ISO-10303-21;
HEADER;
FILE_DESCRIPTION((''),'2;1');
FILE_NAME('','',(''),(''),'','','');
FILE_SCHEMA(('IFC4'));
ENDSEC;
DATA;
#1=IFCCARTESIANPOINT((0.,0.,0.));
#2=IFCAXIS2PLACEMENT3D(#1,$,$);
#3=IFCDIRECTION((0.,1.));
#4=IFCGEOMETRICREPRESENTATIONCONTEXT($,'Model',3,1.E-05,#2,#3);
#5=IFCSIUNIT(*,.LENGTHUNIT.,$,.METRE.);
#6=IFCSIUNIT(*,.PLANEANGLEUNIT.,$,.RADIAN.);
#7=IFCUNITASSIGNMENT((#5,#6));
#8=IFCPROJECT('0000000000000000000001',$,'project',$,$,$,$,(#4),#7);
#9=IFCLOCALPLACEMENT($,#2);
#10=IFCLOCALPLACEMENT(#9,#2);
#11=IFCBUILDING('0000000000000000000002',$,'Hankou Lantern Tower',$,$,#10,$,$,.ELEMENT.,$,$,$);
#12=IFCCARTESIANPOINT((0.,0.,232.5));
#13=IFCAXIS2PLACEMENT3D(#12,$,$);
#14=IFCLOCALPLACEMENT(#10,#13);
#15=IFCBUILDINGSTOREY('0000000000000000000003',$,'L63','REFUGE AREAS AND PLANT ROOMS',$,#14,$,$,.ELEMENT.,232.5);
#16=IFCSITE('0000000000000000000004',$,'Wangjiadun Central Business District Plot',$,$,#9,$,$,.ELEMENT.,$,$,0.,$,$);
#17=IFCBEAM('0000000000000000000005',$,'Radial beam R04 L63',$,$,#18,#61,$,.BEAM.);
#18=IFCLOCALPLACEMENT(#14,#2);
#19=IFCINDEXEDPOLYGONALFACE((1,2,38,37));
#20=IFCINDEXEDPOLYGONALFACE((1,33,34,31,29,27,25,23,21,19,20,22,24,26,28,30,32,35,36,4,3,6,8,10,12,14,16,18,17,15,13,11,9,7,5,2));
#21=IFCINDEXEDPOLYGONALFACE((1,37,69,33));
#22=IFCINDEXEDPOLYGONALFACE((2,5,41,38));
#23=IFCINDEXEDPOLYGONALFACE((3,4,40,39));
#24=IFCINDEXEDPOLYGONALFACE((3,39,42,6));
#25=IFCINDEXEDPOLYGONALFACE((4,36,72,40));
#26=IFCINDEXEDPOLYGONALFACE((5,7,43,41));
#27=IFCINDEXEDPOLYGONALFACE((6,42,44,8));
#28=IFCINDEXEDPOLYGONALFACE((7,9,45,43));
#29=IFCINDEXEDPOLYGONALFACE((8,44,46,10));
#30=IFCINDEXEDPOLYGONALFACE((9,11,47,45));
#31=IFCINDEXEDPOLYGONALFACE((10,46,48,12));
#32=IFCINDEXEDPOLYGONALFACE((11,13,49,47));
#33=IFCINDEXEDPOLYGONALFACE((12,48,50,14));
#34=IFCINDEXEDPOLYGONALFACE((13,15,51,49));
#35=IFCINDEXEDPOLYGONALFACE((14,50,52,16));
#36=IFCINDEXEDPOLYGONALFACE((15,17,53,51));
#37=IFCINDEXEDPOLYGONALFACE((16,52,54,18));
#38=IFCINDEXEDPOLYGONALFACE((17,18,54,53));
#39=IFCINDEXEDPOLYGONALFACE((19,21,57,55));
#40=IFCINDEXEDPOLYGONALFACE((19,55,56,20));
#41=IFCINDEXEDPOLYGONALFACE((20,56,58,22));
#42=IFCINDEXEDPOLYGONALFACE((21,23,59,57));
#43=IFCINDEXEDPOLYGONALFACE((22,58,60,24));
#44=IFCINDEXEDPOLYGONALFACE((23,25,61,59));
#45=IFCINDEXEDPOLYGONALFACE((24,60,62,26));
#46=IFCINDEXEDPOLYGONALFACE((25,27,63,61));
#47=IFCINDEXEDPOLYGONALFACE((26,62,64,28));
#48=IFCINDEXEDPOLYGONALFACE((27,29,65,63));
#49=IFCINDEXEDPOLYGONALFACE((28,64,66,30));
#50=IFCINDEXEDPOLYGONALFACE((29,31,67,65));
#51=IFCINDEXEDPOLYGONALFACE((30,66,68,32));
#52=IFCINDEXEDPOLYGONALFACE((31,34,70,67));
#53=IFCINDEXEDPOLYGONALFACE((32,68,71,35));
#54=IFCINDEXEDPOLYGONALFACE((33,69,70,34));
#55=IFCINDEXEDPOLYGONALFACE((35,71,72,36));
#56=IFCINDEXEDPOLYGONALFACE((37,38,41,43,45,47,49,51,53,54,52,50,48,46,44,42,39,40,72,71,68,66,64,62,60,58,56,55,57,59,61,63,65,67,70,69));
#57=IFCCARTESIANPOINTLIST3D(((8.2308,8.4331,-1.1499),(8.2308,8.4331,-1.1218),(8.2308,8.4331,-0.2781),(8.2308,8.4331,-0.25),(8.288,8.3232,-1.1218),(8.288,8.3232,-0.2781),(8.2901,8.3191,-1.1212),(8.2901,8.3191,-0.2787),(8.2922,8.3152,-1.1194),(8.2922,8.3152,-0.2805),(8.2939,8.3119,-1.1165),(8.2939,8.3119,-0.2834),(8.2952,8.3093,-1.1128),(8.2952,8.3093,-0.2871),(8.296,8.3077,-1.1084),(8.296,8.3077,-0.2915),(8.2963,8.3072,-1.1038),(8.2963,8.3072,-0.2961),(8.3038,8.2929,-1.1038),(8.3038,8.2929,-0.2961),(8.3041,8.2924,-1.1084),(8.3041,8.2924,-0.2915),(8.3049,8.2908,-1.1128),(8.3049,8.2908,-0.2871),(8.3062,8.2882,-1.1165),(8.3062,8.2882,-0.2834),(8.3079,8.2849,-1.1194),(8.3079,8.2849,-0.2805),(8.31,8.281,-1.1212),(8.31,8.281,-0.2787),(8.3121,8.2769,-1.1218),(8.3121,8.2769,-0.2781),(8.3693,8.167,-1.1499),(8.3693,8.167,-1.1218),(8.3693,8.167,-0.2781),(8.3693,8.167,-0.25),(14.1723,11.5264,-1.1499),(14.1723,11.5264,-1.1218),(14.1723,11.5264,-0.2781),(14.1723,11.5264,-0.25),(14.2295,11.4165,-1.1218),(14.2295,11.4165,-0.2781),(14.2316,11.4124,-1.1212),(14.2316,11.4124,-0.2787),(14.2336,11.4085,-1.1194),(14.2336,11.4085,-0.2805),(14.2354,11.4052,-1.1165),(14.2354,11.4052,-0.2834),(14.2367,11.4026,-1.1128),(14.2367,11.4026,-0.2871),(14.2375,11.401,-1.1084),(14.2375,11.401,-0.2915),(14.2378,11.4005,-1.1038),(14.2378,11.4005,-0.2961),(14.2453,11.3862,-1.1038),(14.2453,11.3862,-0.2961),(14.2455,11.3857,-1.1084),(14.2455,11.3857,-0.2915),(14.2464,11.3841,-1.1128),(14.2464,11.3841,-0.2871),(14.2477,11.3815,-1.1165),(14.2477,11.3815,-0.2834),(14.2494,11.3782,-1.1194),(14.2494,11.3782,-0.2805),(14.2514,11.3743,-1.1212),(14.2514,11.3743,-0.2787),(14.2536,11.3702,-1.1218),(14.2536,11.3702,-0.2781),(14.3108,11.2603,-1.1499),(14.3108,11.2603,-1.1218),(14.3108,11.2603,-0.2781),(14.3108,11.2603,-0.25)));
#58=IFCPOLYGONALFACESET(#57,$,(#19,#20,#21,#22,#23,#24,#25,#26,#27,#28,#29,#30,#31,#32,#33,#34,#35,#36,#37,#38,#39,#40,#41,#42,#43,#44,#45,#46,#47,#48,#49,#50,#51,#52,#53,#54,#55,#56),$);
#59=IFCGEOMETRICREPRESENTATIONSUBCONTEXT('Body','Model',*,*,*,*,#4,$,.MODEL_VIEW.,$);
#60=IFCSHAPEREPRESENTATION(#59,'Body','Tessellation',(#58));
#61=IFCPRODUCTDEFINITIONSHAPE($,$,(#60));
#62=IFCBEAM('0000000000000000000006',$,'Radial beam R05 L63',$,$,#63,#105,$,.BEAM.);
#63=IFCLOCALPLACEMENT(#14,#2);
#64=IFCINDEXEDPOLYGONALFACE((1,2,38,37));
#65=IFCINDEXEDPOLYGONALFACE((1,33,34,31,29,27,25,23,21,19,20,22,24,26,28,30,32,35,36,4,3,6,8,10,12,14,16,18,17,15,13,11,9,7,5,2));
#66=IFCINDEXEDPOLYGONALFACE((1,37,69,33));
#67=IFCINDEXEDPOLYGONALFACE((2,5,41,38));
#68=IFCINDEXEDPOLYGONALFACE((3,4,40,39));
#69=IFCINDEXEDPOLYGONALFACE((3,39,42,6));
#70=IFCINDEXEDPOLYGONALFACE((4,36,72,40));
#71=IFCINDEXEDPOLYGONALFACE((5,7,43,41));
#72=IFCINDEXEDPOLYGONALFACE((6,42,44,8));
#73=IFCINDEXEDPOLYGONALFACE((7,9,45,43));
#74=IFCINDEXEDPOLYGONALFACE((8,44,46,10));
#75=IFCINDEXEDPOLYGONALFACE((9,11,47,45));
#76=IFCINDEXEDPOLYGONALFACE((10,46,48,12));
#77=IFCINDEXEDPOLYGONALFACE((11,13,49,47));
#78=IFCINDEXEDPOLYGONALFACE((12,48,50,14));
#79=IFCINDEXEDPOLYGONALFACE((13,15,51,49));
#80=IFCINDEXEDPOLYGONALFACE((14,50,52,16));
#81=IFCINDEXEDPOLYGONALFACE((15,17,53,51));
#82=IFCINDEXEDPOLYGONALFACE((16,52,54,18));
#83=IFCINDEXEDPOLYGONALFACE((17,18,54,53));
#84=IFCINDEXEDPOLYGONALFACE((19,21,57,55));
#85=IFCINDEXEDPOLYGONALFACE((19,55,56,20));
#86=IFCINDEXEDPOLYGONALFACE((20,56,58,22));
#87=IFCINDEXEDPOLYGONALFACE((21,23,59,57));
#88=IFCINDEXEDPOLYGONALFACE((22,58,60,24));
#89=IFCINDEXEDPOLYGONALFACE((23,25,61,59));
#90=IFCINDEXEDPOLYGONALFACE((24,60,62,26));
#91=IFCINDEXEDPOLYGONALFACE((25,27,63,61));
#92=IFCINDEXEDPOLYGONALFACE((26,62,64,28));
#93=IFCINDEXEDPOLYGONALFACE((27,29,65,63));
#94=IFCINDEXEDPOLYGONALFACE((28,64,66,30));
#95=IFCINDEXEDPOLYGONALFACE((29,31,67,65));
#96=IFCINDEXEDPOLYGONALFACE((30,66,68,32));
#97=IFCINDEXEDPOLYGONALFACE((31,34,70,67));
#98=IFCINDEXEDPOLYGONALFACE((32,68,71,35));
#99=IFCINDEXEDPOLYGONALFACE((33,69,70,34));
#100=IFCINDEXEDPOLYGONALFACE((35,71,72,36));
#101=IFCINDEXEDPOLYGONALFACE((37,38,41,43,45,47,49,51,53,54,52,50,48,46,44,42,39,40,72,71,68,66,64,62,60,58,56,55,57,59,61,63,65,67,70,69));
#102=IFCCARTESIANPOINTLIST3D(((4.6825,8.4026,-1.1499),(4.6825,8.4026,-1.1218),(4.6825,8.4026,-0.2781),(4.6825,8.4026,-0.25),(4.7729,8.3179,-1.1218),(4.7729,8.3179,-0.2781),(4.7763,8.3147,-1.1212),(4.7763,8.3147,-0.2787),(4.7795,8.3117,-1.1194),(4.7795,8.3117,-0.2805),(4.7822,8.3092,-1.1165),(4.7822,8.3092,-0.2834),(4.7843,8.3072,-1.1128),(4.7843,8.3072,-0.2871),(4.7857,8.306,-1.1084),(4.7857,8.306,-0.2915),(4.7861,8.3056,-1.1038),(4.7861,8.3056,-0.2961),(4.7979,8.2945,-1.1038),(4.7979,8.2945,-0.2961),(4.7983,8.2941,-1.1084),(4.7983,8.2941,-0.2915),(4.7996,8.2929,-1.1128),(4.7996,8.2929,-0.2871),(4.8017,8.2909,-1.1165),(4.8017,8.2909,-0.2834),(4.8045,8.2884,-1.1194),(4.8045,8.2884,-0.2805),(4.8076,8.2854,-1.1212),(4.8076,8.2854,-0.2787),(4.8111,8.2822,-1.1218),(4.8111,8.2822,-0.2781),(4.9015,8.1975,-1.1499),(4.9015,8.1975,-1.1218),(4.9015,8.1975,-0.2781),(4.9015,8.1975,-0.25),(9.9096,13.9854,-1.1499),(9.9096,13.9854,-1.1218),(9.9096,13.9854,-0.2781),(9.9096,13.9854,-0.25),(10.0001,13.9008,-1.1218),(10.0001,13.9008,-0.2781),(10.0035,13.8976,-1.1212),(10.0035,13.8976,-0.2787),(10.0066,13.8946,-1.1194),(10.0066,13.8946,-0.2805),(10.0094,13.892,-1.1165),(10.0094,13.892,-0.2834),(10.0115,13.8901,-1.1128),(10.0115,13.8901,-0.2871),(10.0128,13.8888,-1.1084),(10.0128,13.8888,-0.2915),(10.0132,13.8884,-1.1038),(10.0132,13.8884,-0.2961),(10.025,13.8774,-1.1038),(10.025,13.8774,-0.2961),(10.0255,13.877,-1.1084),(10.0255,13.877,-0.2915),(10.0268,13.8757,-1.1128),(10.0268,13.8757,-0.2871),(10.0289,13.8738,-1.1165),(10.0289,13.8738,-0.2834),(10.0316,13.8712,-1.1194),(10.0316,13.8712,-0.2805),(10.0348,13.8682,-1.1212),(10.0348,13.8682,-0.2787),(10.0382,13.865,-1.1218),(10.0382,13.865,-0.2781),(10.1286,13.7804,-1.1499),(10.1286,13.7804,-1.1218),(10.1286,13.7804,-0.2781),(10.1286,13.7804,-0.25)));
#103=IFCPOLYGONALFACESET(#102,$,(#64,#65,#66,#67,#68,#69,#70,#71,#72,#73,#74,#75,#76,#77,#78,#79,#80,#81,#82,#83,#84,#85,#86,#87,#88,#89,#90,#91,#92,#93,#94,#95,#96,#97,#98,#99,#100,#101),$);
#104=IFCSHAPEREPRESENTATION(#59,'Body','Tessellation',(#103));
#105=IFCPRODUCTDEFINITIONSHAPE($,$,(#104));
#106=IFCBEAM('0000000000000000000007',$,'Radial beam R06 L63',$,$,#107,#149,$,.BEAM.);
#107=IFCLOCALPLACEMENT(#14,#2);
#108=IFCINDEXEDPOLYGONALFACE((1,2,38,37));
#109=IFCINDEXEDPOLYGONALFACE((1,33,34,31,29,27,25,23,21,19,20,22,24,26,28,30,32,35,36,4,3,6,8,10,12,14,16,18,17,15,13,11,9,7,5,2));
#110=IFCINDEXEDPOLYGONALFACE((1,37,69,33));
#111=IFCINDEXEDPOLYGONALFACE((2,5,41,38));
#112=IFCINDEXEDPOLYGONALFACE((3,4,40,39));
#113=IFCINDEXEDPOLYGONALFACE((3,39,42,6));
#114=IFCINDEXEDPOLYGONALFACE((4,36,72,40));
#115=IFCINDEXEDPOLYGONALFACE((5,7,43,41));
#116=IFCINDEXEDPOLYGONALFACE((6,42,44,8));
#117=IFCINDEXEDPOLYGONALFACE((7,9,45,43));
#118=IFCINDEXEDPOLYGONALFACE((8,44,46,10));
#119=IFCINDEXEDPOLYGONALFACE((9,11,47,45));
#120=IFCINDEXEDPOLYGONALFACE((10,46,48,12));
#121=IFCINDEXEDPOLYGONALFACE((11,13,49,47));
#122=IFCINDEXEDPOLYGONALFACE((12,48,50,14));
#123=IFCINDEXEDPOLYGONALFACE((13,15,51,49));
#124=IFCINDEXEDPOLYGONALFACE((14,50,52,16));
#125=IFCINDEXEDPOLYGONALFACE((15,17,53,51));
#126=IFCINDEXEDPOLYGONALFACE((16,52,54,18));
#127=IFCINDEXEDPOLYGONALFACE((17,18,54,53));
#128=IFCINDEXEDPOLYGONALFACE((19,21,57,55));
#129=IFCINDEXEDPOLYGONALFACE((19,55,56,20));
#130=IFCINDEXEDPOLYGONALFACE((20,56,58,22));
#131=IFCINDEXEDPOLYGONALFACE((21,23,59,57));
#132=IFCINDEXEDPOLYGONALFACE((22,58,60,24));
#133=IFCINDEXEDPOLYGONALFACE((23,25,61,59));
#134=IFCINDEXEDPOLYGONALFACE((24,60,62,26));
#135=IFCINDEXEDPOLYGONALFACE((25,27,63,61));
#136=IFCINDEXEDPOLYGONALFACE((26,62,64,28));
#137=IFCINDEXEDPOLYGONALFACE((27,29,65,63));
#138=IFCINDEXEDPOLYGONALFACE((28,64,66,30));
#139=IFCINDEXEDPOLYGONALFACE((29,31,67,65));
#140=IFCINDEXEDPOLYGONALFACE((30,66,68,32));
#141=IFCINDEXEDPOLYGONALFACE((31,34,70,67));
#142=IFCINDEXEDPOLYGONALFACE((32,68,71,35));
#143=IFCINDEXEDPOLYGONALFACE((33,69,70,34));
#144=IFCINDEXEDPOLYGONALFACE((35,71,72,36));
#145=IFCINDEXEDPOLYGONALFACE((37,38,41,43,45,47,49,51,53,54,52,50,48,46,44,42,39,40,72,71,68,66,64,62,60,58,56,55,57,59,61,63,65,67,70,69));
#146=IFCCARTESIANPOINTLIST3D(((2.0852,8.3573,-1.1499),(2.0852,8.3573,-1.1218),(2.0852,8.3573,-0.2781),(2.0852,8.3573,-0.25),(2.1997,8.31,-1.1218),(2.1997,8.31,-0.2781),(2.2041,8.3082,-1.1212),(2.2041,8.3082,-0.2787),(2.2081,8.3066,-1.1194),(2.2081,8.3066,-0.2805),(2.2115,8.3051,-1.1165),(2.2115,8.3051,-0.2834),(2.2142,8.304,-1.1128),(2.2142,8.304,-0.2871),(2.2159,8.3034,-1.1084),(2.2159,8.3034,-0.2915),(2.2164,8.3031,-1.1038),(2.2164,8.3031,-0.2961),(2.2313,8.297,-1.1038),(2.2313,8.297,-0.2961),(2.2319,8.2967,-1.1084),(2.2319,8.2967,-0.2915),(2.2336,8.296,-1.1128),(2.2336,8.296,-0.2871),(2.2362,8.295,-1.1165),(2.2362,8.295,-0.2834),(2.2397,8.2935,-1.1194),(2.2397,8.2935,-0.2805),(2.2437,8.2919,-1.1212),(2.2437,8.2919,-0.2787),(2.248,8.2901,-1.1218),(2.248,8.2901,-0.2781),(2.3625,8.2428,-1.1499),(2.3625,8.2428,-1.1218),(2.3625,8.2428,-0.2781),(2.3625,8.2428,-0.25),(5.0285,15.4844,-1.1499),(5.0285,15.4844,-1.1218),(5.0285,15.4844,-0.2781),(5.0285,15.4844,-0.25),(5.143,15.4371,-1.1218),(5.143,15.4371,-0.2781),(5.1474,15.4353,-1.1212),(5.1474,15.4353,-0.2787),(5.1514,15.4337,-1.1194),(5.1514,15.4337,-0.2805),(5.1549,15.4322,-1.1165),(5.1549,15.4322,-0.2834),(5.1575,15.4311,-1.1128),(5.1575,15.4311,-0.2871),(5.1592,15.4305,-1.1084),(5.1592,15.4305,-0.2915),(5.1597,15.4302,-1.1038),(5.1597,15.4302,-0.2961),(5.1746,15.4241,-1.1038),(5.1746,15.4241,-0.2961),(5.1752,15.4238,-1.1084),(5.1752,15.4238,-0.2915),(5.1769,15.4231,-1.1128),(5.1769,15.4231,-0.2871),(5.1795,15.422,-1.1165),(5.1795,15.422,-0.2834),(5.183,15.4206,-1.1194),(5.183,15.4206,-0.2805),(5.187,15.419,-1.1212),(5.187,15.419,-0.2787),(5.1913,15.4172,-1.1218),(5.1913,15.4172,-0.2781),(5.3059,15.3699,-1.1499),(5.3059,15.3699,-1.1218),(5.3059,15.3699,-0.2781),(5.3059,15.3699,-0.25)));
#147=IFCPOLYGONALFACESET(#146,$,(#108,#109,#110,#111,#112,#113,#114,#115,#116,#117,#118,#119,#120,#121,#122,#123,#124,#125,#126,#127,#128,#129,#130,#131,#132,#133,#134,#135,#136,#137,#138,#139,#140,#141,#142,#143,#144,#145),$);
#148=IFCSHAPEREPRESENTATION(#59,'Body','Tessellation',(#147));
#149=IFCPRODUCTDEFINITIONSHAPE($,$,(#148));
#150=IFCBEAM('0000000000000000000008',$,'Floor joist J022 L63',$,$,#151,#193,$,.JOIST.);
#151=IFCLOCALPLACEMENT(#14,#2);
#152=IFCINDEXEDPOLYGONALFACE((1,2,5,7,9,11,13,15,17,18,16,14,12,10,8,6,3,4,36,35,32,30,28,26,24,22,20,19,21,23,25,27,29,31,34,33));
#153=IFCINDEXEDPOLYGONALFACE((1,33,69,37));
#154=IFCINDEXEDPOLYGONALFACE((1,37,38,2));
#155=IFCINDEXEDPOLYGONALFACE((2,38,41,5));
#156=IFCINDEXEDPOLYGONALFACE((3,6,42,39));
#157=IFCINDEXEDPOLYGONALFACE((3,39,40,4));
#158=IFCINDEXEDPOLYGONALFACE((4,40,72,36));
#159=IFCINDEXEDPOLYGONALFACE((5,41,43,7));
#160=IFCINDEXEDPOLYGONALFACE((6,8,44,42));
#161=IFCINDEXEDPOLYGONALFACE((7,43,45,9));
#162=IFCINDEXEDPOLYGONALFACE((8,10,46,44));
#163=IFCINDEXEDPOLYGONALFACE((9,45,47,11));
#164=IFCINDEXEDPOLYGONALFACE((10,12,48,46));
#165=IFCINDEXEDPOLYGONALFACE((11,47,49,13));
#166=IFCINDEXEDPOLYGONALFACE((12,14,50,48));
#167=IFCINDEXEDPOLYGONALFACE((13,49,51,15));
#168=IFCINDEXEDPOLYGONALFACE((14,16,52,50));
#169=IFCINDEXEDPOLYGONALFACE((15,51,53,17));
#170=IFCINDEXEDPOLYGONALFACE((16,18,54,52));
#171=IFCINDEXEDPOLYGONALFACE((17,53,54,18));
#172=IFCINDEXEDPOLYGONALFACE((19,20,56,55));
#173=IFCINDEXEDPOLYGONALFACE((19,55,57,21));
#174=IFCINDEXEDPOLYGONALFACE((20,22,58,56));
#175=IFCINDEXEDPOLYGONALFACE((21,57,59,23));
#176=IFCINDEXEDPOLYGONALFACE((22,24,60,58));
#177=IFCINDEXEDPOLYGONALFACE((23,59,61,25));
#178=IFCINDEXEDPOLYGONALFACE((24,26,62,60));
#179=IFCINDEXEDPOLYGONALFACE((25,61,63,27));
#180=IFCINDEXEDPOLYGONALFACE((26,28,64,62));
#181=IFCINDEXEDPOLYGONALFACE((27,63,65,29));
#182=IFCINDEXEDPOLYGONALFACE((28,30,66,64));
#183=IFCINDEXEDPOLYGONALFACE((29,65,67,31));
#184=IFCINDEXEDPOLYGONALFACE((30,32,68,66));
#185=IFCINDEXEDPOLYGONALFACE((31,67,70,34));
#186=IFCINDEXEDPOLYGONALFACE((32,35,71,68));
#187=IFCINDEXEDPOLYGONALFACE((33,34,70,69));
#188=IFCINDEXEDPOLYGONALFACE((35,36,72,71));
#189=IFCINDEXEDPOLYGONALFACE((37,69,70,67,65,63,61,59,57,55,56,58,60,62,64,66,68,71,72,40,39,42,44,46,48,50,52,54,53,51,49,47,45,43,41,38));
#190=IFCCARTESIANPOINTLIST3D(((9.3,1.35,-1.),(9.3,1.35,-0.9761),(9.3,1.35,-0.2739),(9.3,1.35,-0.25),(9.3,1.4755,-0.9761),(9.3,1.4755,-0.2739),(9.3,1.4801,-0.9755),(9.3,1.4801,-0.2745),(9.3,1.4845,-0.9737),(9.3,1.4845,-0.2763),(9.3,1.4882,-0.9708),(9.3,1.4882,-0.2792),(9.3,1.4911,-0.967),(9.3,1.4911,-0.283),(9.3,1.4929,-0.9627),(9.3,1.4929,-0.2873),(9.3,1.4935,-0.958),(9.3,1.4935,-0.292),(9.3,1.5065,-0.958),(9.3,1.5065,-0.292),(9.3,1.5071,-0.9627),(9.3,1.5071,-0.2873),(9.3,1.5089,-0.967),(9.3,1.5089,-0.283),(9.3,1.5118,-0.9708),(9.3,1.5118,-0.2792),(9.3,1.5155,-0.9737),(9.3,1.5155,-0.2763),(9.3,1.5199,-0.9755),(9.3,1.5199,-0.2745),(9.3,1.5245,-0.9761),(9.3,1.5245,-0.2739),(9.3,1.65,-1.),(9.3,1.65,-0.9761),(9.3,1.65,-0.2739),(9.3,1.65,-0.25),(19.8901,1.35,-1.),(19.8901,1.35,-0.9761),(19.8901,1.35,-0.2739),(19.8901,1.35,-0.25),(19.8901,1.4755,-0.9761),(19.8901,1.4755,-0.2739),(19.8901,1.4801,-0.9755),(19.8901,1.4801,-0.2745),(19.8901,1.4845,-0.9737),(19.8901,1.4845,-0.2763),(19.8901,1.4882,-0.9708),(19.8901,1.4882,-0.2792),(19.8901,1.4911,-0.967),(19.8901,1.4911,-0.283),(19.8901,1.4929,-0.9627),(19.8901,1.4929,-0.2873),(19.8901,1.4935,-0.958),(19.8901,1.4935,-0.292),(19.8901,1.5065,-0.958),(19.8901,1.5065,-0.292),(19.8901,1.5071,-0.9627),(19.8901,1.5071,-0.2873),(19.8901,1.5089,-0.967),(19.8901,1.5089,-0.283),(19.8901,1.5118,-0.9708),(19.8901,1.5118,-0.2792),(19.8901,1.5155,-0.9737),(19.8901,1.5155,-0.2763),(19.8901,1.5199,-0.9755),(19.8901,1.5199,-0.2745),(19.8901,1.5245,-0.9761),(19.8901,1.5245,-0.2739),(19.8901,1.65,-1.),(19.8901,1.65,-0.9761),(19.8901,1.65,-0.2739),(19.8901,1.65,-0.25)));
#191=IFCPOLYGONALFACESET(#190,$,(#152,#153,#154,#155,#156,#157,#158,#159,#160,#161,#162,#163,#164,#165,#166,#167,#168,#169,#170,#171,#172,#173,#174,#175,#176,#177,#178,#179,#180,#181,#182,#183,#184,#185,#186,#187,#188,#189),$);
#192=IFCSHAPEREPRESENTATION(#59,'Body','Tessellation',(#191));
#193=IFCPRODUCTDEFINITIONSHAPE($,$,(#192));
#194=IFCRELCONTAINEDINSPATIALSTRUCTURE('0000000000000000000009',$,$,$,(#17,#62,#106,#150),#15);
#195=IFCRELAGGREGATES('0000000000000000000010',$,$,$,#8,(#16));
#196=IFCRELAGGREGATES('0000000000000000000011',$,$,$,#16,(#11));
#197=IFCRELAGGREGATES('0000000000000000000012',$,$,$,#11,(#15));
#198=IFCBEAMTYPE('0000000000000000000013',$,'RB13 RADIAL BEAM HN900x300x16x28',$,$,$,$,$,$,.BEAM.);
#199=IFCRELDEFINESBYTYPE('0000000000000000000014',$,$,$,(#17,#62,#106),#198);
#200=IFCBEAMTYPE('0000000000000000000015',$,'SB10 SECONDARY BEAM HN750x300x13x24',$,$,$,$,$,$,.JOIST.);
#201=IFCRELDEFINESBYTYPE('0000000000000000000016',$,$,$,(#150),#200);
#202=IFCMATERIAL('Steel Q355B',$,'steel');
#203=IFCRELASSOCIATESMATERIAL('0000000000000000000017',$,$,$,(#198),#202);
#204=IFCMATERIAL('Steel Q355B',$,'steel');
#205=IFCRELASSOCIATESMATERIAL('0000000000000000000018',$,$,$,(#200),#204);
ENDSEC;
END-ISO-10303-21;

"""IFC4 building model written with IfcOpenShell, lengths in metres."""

from ifc_helpers import new_model, si_unit, direction, frame, origin, origin_2d, place, context, subcontext, project, spatial, i_section, extrude, material, material_profile, profile_set, type_object, element, save


model = new_model("IFC4")

# Units and contexts
model_context = context("Model", 3, precision=1e-05, world=origin(), true_north=direction((0.0, 1.0)))
body_context = subcontext(model_context, "Body", "Model", "MODEL_VIEW")
ifc_project = project(units=[si_unit("LENGTHUNIT", "METRE"), si_unit("PLANEANGLEUNIT", "RADIAN")], contexts=[model_context])

# Site, building, storey
site_placement = place(None, origin())
site = spatial("IfcSite", under=ifc_project, at=site_placement, Name="Wangjiadun Central Business District Plot", CompositionType="ELEMENT", RefElevation=0.0)
building_placement = place(site_placement, origin())
building = spatial("IfcBuilding", under=site, at=building_placement, Name="Hankou Lantern Tower", CompositionType="ELEMENT")
storey_placement = place(building_placement, frame((0.0, 0.0, 232.5)))
storey = spatial("IfcBuildingStorey", under=building, at=storey_placement, Name="L63", Description="REFUGE AREAS AND PLANT ROOMS", CompositionType="ELEMENT", Elevation=232.5)

# Beams
ifc_material_1 = material(Name="Steel Q355B", Category="steel")
ifc_material_profile_1 = material_profile(ifc_material_1, i_section(OverallWidth=0.3, OverallDepth=0.8999, WebThickness=0.0161, FlangeThickness=0.0281, FilletRadius=0.0181, at=origin_2d()), Name="HN900x300x16x28")
ifc_profile_set_1 = profile_set([ifc_material_profile_1], Name="Steel Q355B")
beam_type_1 = type_object("IfcBeamType", Name="RB13 RADIAL BEAM HN900x300x16x28", PredefinedType="BEAM", material=ifc_profile_set_1)
beam_1_placement = place(storey_placement, frame((8.3, 8.3, -0.7), z_axis=(0.886989, 0.461791, 0.0), x_axis=(-0.461791, 0.886989, 0.0)))
element("IfcBeam", 1, at=beam_1_placement, inside=storey, type_object=beam_type_1, Name="Radial beam R04 L63", PredefinedType="BEAM", context=body_context, shape_type="SweptSolid", body=[
    extrude(i_section(OverallWidth=0.3, OverallDepth=0.8999, WebThickness=0.0161, FlangeThickness=0.0281, FilletRadius=0.0181, at=origin_2d()), origin(), (0.0, 0.0, 1.0), 6.6985),
])
beam_2_placement = place(storey_placement, frame((4.792, 8.3, -0.7), z_axis=(0.683468, 0.72998, 0.0), x_axis=(-0.72998, 0.683468, 0.0)))
element("IfcBeam", 2, at=beam_2_placement, inside=storey, type_object=beam_type_1, Name="Radial beam R05 L63", PredefinedType="BEAM", context=body_context, shape_type="SweptSolid", body=[
    extrude(i_section(OverallWidth=0.3, OverallDepth=0.8999, WebThickness=0.0161, FlangeThickness=0.0281, FilletRadius=0.0181, at=origin_2d()), origin(), (0.0, 0.0, 1.0), 7.6479),
])
beam_3_placement = place(storey_placement, frame((2.2239, 8.3, -0.7), z_axis=(0.381707, 0.924284, 0.0), x_axis=(-0.924284, 0.381707, 0.0)))
element("IfcBeam", 3, at=beam_3_placement, inside=storey, type_object=beam_type_1, Name="Radial beam R06 L63", PredefinedType="BEAM", context=body_context, shape_type="SweptSolid", body=[
    extrude(i_section(OverallWidth=0.3, OverallDepth=0.8999, WebThickness=0.0161, FlangeThickness=0.0281, FilletRadius=0.0181, at=origin_2d()), origin(), (0.0, 0.0, 1.0), 7.7109),
])
ifc_material_2 = material(Name="Steel Q355B", Category="steel")
ifc_material_profile_2 = material_profile(ifc_material_2, i_section(OverallWidth=0.3, OverallDepth=0.75, WebThickness=0.0129, FlangeThickness=0.0239, FilletRadius=0.0181, at=origin_2d()), Name="HN750x300x13x24")
ifc_profile_set_2 = profile_set([ifc_material_profile_2], Name="Steel Q355B")
beam_type_2 = type_object("IfcBeamType", Name="SB10 SECONDARY BEAM HN750x300x13x24", PredefinedType="JOIST", material=ifc_profile_set_2)
beam_4_placement = place(storey_placement, frame((9.3, 1.5, -0.625), z_axis=(1.0, 0.0, 0.0), x_axis=(0.0, 1.0, 0.0)))
element("IfcBeam", 4, at=beam_4_placement, inside=storey, type_object=beam_type_2, Name="Floor joist J022 L63", PredefinedType="JOIST", context=body_context, shape_type="SweptSolid", body=[
    extrude(i_section(OverallWidth=0.3, OverallDepth=0.75, WebThickness=0.0129, FlangeThickness=0.0239, FilletRadius=0.0181, at=origin_2d()), origin(), (0.0, 0.0, 1.0), 10.5901),
])

save(model, "model.ifc")
